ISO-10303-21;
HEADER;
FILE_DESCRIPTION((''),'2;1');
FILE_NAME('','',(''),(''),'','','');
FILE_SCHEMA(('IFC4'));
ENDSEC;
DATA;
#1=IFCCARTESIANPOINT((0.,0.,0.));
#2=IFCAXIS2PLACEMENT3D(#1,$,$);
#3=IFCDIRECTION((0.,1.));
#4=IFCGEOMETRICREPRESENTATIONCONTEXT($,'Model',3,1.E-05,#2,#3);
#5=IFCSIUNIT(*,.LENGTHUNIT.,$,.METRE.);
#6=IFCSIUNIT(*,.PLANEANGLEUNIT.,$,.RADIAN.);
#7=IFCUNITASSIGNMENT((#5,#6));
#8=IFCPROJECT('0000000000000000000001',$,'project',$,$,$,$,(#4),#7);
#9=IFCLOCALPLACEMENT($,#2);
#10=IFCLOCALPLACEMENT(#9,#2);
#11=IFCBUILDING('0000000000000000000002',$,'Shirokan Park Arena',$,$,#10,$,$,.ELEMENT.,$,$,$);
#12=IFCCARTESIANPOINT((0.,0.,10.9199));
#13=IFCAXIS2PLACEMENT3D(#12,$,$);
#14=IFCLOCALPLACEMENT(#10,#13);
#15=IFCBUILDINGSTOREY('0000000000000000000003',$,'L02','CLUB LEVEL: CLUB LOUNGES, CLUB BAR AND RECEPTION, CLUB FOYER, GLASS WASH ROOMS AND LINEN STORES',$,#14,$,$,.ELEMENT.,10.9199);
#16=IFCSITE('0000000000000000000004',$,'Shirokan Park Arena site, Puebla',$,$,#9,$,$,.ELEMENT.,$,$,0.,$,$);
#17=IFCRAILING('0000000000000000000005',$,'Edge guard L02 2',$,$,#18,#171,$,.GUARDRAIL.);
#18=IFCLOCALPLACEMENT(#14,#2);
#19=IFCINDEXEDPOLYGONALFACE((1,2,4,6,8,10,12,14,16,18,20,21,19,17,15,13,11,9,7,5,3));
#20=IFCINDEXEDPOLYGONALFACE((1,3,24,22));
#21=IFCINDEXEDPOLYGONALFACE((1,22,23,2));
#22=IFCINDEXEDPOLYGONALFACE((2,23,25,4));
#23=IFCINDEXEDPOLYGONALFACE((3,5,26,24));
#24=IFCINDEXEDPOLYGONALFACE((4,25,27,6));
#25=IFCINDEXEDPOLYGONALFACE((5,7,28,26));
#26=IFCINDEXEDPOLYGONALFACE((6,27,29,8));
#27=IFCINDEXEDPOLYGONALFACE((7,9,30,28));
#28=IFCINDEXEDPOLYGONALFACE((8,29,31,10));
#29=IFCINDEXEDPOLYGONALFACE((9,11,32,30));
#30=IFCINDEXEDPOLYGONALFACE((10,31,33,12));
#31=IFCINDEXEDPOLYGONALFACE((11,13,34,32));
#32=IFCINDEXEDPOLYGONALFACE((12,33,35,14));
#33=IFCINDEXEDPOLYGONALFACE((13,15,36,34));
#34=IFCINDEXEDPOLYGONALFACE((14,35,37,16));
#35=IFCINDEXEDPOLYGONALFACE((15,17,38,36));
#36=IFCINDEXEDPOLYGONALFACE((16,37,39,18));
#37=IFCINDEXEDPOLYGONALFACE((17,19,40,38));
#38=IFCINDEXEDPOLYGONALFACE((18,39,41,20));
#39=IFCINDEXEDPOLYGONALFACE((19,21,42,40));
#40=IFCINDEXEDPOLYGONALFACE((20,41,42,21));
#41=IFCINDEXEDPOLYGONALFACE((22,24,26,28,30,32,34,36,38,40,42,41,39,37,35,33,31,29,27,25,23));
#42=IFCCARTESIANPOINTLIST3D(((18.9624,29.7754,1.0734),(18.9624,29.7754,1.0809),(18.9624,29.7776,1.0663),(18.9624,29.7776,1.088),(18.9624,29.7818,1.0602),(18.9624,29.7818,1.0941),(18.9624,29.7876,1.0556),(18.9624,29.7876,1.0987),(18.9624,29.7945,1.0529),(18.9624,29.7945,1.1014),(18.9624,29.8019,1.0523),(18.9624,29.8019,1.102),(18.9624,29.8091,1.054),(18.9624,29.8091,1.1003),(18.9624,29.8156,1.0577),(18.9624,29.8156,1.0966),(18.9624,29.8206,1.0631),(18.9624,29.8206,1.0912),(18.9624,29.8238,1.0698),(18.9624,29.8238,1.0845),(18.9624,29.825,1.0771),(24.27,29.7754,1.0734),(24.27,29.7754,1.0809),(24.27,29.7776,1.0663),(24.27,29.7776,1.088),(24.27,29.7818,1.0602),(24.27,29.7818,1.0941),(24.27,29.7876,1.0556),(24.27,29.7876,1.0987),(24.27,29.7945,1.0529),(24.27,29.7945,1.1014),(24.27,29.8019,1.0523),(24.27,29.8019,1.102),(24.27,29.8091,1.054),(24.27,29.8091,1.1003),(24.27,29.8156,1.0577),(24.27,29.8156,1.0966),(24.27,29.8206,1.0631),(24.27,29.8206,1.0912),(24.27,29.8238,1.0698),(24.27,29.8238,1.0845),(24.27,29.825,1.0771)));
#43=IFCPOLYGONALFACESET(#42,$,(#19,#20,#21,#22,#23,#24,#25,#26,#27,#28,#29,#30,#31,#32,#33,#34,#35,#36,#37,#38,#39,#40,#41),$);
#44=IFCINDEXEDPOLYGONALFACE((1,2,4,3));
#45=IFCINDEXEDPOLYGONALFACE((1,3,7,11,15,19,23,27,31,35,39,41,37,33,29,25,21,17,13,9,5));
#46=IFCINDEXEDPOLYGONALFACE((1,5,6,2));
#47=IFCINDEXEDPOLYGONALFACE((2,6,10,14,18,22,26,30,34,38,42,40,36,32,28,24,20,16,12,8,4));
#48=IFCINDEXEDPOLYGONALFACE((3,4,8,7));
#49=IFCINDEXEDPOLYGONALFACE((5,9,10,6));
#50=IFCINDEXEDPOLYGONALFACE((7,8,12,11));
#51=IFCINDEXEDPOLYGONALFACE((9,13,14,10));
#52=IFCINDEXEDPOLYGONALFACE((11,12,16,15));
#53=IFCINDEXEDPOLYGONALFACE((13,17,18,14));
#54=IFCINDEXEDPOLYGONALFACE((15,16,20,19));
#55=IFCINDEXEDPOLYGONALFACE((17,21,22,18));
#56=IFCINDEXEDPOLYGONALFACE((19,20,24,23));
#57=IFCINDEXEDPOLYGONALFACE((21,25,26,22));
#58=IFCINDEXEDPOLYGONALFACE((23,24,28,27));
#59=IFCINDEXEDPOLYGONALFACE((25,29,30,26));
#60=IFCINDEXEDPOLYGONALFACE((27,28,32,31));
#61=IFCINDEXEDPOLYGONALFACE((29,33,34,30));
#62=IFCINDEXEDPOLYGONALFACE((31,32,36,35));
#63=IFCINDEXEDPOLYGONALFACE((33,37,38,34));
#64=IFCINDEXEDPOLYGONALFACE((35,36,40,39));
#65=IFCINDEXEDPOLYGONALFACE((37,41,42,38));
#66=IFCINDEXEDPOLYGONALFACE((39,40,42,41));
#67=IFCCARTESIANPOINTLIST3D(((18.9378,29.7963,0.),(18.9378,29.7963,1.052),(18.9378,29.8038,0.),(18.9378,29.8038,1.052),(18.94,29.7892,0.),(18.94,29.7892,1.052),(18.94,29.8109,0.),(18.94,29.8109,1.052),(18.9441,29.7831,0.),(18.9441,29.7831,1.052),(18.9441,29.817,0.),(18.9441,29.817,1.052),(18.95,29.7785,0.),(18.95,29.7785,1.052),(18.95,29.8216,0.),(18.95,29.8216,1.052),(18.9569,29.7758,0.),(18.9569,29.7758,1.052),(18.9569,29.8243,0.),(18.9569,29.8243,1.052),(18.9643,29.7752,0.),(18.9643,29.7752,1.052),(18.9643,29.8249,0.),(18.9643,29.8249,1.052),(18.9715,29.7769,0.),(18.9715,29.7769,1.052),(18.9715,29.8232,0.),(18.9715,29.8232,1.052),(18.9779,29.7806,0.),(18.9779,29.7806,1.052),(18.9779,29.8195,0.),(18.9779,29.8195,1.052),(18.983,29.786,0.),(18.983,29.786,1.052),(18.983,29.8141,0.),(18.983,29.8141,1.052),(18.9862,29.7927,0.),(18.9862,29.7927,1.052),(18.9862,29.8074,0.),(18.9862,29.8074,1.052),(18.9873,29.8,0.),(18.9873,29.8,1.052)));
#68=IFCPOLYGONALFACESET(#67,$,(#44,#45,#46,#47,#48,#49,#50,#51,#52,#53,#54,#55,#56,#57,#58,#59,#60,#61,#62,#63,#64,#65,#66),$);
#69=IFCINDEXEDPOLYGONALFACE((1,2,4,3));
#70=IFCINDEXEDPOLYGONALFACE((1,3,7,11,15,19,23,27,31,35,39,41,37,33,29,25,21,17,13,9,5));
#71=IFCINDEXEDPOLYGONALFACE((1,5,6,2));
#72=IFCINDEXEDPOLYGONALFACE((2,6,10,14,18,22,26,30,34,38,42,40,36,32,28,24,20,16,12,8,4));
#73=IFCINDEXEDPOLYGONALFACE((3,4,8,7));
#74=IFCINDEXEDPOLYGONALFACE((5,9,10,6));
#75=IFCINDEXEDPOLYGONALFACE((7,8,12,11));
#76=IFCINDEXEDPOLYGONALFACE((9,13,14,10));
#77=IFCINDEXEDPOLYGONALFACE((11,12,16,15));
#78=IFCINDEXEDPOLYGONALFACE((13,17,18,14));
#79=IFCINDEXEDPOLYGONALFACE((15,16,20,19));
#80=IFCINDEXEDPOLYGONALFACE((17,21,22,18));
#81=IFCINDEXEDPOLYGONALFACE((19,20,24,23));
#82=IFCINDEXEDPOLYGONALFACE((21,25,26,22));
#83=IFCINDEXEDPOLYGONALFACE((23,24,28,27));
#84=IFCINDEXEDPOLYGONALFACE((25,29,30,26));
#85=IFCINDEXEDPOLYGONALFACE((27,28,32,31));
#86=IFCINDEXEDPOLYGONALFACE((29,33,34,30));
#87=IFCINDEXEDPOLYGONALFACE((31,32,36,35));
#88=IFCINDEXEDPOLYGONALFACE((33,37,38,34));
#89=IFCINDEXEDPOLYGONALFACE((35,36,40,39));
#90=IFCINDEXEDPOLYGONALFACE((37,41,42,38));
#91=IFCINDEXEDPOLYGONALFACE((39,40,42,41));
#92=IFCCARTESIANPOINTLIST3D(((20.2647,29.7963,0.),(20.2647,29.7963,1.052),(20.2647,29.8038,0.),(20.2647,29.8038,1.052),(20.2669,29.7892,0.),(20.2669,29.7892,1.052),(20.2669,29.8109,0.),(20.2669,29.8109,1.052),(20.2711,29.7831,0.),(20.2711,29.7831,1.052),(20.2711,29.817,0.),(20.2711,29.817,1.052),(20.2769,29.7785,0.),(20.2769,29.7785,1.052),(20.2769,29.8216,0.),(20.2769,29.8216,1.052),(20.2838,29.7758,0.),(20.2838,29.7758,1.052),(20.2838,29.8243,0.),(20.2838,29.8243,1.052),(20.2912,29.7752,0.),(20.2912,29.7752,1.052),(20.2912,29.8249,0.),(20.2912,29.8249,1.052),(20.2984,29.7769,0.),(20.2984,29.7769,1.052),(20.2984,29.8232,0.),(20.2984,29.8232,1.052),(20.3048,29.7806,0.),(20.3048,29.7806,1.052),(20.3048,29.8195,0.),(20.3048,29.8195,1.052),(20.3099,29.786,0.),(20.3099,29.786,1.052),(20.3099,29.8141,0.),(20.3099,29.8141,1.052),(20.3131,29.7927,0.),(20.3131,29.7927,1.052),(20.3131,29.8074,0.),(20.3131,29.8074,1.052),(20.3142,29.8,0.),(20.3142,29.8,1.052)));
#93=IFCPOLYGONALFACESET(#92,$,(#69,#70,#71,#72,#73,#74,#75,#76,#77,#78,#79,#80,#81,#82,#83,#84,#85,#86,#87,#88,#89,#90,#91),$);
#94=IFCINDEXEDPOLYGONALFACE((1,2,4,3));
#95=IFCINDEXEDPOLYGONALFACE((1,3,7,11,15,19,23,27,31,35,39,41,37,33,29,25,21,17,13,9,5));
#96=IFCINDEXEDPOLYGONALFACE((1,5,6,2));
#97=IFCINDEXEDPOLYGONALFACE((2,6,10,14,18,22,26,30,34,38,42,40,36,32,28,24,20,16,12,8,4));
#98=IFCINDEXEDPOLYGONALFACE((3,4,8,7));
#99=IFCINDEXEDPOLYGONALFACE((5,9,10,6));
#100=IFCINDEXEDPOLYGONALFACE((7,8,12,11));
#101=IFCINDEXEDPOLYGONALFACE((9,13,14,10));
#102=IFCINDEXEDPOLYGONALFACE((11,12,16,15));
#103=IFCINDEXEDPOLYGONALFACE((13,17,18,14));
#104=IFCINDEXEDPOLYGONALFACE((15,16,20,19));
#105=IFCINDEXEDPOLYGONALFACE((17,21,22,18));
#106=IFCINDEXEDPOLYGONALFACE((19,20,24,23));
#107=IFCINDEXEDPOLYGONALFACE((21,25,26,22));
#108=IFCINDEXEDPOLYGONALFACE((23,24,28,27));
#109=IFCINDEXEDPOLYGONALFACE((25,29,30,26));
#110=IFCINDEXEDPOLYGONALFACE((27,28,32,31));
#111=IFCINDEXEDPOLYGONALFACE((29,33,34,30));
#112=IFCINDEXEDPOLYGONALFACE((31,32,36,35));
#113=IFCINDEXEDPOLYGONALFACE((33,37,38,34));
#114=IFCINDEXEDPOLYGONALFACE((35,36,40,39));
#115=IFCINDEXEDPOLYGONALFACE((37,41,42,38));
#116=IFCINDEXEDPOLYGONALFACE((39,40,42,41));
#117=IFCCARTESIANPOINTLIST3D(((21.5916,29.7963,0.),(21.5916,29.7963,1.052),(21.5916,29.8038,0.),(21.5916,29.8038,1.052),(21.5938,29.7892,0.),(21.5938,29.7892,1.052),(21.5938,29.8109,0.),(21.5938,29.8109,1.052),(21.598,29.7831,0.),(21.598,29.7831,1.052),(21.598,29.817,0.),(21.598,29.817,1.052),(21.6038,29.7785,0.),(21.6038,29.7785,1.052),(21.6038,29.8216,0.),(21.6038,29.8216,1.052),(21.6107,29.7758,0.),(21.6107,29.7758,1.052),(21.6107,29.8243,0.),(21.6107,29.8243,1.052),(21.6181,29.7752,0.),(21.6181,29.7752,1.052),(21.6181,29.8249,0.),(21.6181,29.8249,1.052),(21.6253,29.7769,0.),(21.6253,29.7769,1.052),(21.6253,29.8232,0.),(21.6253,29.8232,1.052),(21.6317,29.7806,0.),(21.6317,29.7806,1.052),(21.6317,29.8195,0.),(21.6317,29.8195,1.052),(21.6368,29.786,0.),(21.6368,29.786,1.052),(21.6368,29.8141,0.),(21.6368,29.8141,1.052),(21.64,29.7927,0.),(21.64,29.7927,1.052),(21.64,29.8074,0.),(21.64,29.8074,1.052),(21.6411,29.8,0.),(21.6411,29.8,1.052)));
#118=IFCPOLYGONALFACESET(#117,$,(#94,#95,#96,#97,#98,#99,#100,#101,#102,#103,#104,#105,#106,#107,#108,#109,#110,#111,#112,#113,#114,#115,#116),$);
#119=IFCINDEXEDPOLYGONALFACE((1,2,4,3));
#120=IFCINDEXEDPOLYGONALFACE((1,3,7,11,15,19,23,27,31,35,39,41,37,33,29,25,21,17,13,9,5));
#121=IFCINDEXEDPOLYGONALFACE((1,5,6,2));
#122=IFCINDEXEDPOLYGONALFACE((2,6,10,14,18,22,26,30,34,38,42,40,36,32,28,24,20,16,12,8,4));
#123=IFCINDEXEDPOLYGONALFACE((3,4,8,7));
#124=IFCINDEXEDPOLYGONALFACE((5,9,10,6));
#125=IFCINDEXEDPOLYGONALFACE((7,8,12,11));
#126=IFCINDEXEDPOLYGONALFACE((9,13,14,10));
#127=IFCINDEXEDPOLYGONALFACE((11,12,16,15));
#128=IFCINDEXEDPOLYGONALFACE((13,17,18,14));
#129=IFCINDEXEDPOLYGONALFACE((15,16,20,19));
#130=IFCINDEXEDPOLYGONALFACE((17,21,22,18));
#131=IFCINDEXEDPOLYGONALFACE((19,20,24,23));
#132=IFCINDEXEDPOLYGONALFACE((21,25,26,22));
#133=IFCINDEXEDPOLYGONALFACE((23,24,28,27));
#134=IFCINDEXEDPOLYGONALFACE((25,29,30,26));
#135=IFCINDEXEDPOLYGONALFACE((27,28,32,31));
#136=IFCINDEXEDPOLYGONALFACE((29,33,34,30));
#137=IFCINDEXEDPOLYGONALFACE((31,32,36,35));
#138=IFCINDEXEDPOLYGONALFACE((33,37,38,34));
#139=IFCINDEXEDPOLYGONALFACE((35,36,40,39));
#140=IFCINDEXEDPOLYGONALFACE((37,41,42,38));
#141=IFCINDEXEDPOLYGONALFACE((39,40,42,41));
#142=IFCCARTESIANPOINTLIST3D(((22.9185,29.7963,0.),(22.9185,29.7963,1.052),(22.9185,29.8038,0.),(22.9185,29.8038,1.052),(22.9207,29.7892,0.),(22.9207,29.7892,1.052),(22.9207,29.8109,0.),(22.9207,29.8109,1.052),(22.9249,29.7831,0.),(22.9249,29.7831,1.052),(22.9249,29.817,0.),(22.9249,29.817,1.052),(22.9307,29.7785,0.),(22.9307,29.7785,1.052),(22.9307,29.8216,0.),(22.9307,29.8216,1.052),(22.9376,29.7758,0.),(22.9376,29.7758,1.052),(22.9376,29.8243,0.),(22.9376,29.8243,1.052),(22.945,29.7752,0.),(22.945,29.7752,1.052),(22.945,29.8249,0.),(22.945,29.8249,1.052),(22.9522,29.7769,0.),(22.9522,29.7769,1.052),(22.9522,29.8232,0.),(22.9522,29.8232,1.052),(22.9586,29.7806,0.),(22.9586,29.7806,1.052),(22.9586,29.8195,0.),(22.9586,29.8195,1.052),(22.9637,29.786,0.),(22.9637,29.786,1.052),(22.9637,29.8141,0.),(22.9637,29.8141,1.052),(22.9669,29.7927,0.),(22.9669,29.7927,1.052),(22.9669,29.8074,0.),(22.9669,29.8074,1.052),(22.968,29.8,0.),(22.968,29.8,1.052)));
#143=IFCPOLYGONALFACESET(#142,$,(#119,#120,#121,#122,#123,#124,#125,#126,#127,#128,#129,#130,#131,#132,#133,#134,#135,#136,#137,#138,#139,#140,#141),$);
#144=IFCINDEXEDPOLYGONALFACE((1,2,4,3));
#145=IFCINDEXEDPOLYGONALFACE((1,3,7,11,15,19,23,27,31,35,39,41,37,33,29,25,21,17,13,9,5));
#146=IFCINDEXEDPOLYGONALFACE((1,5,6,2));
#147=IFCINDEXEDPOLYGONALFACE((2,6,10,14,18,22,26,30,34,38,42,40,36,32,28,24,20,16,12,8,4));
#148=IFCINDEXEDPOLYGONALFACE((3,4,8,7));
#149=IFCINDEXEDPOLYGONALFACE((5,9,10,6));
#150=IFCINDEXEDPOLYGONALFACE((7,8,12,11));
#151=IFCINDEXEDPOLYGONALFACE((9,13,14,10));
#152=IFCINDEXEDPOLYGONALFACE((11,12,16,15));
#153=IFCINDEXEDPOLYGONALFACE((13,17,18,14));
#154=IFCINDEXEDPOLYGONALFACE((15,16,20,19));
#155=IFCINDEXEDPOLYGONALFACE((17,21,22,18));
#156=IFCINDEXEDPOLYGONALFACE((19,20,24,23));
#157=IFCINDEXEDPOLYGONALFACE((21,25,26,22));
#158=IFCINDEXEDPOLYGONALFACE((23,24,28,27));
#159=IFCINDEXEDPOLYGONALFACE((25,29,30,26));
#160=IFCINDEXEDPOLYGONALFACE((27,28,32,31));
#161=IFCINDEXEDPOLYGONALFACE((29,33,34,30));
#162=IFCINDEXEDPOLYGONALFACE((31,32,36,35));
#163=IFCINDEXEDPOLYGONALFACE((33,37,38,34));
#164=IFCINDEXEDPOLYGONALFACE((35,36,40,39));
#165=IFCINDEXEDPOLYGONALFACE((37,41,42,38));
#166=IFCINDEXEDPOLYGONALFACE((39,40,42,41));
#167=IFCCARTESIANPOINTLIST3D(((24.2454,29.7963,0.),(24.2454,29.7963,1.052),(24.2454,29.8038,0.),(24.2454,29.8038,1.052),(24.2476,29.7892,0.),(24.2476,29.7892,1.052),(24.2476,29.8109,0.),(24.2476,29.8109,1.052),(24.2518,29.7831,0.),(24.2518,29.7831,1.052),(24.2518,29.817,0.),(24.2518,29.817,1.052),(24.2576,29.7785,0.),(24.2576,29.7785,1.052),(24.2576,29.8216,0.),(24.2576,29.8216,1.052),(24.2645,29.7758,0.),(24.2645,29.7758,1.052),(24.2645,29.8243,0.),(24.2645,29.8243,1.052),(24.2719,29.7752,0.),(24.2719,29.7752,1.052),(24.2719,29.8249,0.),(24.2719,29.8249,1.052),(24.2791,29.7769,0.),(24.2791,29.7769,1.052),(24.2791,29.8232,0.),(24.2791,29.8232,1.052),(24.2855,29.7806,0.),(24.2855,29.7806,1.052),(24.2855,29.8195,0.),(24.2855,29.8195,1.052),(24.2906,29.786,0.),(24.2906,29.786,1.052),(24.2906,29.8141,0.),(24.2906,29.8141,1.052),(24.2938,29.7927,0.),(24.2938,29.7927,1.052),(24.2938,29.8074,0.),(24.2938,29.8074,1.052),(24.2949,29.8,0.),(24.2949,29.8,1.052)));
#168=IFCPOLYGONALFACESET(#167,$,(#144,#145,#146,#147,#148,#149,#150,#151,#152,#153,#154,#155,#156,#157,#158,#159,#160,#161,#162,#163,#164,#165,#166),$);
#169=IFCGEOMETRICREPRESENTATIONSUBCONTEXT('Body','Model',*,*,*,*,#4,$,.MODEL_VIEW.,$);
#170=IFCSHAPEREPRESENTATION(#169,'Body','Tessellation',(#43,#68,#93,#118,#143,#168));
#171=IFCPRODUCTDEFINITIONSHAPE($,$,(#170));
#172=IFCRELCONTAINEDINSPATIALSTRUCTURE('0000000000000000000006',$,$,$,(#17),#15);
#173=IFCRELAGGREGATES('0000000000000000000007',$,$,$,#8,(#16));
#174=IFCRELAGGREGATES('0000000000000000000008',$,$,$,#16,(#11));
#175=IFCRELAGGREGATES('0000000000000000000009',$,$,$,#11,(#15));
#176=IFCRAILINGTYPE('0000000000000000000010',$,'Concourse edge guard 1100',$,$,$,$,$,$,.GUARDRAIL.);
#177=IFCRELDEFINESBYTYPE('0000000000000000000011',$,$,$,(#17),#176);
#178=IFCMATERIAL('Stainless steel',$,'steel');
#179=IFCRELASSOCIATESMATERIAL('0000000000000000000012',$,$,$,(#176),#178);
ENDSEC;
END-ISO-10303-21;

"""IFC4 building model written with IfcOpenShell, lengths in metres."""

from ifc_helpers import new_model, si_unit, direction, frame, origin, origin_2d, place, context, subcontext, project, spatial, circle, extrude, material, type_object, element, save


model = new_model("IFC4")

# Units and contexts
model_context = context("Model", 3, precision=1e-05, world=origin(), true_north=direction((0.0, 1.0)))
body_context = subcontext(model_context, "Body", "Model", "MODEL_VIEW")
ifc_project = project(units=[si_unit("LENGTHUNIT", "METRE"), si_unit("PLANEANGLEUNIT", "RADIAN")], contexts=[model_context])

# Site, building, storey
site_placement = place(None, origin())
site = spatial("IfcSite", under=ifc_project, at=site_placement, Name="Shirokan Park Arena site, Puebla", CompositionType="ELEMENT", RefElevation=0.0)
building_placement = place(site_placement, origin())
building = spatial("IfcBuilding", under=site, at=building_placement, Name="Shirokan Park Arena", CompositionType="ELEMENT")
storey_placement = place(building_placement, frame((0.0, 0.0, 10.9199)))
storey = spatial("IfcBuildingStorey", under=building, at=storey_placement, Name="L02", Description="CLUB LEVEL: CLUB LOUNGES, CLUB BAR AND RECEPTION, CLUB FOYER, GLASS WASH ROOMS AND LINEN STORES", CompositionType="ELEMENT", Elevation=10.9199)

# Railing
ifc_material_1 = material(Name="Stainless steel", Category="steel")
railing_type = type_object("IfcRailingType", Name="Concourse edge guard 1100", PredefinedType="GUARDRAIL", material=ifc_material_1)
railing_1_placement = place(storey_placement, frame((18.9624, 29.8, 0.0)))
element("IfcRailing", 1, at=railing_1_placement, inside=storey, type_object=railing_type, Name="Edge guard L02 2", PredefinedType="GUARDRAIL", context=body_context, shape_type="SweptSolid", body=[
    extrude(circle(Radius=0.0249, at=origin_2d()), frame((0.0, 0.0, 1.0771), z_axis=(1.0, 0.0, 0.0), x_axis=(0.0, 1.0, 0.0)), (0.0, 0.0, 1.0), 5.3076),
    extrude(circle(Radius=0.0249, at=origin_2d()), origin(), (0.0, 0.0, 1.0), 1.052),
    extrude(circle(Radius=0.0249, at=origin_2d()), frame((1.3269, 0.0, 0.0)), (0.0, 0.0, 1.0), 1.052),
    extrude(circle(Radius=0.0249, at=origin_2d()), frame((2.6538, 0.0, 0.0)), (0.0, 0.0, 1.0), 1.052),
    extrude(circle(Radius=0.0249, at=origin_2d()), frame((3.9807, 0.0, 0.0)), (0.0, 0.0, 1.0), 1.052),
    extrude(circle(Radius=0.0249, at=origin_2d()), frame((5.3076, 0.0, 0.0)), (0.0, 0.0, 1.0), 1.052),
])

save(model, "model.ifc")
